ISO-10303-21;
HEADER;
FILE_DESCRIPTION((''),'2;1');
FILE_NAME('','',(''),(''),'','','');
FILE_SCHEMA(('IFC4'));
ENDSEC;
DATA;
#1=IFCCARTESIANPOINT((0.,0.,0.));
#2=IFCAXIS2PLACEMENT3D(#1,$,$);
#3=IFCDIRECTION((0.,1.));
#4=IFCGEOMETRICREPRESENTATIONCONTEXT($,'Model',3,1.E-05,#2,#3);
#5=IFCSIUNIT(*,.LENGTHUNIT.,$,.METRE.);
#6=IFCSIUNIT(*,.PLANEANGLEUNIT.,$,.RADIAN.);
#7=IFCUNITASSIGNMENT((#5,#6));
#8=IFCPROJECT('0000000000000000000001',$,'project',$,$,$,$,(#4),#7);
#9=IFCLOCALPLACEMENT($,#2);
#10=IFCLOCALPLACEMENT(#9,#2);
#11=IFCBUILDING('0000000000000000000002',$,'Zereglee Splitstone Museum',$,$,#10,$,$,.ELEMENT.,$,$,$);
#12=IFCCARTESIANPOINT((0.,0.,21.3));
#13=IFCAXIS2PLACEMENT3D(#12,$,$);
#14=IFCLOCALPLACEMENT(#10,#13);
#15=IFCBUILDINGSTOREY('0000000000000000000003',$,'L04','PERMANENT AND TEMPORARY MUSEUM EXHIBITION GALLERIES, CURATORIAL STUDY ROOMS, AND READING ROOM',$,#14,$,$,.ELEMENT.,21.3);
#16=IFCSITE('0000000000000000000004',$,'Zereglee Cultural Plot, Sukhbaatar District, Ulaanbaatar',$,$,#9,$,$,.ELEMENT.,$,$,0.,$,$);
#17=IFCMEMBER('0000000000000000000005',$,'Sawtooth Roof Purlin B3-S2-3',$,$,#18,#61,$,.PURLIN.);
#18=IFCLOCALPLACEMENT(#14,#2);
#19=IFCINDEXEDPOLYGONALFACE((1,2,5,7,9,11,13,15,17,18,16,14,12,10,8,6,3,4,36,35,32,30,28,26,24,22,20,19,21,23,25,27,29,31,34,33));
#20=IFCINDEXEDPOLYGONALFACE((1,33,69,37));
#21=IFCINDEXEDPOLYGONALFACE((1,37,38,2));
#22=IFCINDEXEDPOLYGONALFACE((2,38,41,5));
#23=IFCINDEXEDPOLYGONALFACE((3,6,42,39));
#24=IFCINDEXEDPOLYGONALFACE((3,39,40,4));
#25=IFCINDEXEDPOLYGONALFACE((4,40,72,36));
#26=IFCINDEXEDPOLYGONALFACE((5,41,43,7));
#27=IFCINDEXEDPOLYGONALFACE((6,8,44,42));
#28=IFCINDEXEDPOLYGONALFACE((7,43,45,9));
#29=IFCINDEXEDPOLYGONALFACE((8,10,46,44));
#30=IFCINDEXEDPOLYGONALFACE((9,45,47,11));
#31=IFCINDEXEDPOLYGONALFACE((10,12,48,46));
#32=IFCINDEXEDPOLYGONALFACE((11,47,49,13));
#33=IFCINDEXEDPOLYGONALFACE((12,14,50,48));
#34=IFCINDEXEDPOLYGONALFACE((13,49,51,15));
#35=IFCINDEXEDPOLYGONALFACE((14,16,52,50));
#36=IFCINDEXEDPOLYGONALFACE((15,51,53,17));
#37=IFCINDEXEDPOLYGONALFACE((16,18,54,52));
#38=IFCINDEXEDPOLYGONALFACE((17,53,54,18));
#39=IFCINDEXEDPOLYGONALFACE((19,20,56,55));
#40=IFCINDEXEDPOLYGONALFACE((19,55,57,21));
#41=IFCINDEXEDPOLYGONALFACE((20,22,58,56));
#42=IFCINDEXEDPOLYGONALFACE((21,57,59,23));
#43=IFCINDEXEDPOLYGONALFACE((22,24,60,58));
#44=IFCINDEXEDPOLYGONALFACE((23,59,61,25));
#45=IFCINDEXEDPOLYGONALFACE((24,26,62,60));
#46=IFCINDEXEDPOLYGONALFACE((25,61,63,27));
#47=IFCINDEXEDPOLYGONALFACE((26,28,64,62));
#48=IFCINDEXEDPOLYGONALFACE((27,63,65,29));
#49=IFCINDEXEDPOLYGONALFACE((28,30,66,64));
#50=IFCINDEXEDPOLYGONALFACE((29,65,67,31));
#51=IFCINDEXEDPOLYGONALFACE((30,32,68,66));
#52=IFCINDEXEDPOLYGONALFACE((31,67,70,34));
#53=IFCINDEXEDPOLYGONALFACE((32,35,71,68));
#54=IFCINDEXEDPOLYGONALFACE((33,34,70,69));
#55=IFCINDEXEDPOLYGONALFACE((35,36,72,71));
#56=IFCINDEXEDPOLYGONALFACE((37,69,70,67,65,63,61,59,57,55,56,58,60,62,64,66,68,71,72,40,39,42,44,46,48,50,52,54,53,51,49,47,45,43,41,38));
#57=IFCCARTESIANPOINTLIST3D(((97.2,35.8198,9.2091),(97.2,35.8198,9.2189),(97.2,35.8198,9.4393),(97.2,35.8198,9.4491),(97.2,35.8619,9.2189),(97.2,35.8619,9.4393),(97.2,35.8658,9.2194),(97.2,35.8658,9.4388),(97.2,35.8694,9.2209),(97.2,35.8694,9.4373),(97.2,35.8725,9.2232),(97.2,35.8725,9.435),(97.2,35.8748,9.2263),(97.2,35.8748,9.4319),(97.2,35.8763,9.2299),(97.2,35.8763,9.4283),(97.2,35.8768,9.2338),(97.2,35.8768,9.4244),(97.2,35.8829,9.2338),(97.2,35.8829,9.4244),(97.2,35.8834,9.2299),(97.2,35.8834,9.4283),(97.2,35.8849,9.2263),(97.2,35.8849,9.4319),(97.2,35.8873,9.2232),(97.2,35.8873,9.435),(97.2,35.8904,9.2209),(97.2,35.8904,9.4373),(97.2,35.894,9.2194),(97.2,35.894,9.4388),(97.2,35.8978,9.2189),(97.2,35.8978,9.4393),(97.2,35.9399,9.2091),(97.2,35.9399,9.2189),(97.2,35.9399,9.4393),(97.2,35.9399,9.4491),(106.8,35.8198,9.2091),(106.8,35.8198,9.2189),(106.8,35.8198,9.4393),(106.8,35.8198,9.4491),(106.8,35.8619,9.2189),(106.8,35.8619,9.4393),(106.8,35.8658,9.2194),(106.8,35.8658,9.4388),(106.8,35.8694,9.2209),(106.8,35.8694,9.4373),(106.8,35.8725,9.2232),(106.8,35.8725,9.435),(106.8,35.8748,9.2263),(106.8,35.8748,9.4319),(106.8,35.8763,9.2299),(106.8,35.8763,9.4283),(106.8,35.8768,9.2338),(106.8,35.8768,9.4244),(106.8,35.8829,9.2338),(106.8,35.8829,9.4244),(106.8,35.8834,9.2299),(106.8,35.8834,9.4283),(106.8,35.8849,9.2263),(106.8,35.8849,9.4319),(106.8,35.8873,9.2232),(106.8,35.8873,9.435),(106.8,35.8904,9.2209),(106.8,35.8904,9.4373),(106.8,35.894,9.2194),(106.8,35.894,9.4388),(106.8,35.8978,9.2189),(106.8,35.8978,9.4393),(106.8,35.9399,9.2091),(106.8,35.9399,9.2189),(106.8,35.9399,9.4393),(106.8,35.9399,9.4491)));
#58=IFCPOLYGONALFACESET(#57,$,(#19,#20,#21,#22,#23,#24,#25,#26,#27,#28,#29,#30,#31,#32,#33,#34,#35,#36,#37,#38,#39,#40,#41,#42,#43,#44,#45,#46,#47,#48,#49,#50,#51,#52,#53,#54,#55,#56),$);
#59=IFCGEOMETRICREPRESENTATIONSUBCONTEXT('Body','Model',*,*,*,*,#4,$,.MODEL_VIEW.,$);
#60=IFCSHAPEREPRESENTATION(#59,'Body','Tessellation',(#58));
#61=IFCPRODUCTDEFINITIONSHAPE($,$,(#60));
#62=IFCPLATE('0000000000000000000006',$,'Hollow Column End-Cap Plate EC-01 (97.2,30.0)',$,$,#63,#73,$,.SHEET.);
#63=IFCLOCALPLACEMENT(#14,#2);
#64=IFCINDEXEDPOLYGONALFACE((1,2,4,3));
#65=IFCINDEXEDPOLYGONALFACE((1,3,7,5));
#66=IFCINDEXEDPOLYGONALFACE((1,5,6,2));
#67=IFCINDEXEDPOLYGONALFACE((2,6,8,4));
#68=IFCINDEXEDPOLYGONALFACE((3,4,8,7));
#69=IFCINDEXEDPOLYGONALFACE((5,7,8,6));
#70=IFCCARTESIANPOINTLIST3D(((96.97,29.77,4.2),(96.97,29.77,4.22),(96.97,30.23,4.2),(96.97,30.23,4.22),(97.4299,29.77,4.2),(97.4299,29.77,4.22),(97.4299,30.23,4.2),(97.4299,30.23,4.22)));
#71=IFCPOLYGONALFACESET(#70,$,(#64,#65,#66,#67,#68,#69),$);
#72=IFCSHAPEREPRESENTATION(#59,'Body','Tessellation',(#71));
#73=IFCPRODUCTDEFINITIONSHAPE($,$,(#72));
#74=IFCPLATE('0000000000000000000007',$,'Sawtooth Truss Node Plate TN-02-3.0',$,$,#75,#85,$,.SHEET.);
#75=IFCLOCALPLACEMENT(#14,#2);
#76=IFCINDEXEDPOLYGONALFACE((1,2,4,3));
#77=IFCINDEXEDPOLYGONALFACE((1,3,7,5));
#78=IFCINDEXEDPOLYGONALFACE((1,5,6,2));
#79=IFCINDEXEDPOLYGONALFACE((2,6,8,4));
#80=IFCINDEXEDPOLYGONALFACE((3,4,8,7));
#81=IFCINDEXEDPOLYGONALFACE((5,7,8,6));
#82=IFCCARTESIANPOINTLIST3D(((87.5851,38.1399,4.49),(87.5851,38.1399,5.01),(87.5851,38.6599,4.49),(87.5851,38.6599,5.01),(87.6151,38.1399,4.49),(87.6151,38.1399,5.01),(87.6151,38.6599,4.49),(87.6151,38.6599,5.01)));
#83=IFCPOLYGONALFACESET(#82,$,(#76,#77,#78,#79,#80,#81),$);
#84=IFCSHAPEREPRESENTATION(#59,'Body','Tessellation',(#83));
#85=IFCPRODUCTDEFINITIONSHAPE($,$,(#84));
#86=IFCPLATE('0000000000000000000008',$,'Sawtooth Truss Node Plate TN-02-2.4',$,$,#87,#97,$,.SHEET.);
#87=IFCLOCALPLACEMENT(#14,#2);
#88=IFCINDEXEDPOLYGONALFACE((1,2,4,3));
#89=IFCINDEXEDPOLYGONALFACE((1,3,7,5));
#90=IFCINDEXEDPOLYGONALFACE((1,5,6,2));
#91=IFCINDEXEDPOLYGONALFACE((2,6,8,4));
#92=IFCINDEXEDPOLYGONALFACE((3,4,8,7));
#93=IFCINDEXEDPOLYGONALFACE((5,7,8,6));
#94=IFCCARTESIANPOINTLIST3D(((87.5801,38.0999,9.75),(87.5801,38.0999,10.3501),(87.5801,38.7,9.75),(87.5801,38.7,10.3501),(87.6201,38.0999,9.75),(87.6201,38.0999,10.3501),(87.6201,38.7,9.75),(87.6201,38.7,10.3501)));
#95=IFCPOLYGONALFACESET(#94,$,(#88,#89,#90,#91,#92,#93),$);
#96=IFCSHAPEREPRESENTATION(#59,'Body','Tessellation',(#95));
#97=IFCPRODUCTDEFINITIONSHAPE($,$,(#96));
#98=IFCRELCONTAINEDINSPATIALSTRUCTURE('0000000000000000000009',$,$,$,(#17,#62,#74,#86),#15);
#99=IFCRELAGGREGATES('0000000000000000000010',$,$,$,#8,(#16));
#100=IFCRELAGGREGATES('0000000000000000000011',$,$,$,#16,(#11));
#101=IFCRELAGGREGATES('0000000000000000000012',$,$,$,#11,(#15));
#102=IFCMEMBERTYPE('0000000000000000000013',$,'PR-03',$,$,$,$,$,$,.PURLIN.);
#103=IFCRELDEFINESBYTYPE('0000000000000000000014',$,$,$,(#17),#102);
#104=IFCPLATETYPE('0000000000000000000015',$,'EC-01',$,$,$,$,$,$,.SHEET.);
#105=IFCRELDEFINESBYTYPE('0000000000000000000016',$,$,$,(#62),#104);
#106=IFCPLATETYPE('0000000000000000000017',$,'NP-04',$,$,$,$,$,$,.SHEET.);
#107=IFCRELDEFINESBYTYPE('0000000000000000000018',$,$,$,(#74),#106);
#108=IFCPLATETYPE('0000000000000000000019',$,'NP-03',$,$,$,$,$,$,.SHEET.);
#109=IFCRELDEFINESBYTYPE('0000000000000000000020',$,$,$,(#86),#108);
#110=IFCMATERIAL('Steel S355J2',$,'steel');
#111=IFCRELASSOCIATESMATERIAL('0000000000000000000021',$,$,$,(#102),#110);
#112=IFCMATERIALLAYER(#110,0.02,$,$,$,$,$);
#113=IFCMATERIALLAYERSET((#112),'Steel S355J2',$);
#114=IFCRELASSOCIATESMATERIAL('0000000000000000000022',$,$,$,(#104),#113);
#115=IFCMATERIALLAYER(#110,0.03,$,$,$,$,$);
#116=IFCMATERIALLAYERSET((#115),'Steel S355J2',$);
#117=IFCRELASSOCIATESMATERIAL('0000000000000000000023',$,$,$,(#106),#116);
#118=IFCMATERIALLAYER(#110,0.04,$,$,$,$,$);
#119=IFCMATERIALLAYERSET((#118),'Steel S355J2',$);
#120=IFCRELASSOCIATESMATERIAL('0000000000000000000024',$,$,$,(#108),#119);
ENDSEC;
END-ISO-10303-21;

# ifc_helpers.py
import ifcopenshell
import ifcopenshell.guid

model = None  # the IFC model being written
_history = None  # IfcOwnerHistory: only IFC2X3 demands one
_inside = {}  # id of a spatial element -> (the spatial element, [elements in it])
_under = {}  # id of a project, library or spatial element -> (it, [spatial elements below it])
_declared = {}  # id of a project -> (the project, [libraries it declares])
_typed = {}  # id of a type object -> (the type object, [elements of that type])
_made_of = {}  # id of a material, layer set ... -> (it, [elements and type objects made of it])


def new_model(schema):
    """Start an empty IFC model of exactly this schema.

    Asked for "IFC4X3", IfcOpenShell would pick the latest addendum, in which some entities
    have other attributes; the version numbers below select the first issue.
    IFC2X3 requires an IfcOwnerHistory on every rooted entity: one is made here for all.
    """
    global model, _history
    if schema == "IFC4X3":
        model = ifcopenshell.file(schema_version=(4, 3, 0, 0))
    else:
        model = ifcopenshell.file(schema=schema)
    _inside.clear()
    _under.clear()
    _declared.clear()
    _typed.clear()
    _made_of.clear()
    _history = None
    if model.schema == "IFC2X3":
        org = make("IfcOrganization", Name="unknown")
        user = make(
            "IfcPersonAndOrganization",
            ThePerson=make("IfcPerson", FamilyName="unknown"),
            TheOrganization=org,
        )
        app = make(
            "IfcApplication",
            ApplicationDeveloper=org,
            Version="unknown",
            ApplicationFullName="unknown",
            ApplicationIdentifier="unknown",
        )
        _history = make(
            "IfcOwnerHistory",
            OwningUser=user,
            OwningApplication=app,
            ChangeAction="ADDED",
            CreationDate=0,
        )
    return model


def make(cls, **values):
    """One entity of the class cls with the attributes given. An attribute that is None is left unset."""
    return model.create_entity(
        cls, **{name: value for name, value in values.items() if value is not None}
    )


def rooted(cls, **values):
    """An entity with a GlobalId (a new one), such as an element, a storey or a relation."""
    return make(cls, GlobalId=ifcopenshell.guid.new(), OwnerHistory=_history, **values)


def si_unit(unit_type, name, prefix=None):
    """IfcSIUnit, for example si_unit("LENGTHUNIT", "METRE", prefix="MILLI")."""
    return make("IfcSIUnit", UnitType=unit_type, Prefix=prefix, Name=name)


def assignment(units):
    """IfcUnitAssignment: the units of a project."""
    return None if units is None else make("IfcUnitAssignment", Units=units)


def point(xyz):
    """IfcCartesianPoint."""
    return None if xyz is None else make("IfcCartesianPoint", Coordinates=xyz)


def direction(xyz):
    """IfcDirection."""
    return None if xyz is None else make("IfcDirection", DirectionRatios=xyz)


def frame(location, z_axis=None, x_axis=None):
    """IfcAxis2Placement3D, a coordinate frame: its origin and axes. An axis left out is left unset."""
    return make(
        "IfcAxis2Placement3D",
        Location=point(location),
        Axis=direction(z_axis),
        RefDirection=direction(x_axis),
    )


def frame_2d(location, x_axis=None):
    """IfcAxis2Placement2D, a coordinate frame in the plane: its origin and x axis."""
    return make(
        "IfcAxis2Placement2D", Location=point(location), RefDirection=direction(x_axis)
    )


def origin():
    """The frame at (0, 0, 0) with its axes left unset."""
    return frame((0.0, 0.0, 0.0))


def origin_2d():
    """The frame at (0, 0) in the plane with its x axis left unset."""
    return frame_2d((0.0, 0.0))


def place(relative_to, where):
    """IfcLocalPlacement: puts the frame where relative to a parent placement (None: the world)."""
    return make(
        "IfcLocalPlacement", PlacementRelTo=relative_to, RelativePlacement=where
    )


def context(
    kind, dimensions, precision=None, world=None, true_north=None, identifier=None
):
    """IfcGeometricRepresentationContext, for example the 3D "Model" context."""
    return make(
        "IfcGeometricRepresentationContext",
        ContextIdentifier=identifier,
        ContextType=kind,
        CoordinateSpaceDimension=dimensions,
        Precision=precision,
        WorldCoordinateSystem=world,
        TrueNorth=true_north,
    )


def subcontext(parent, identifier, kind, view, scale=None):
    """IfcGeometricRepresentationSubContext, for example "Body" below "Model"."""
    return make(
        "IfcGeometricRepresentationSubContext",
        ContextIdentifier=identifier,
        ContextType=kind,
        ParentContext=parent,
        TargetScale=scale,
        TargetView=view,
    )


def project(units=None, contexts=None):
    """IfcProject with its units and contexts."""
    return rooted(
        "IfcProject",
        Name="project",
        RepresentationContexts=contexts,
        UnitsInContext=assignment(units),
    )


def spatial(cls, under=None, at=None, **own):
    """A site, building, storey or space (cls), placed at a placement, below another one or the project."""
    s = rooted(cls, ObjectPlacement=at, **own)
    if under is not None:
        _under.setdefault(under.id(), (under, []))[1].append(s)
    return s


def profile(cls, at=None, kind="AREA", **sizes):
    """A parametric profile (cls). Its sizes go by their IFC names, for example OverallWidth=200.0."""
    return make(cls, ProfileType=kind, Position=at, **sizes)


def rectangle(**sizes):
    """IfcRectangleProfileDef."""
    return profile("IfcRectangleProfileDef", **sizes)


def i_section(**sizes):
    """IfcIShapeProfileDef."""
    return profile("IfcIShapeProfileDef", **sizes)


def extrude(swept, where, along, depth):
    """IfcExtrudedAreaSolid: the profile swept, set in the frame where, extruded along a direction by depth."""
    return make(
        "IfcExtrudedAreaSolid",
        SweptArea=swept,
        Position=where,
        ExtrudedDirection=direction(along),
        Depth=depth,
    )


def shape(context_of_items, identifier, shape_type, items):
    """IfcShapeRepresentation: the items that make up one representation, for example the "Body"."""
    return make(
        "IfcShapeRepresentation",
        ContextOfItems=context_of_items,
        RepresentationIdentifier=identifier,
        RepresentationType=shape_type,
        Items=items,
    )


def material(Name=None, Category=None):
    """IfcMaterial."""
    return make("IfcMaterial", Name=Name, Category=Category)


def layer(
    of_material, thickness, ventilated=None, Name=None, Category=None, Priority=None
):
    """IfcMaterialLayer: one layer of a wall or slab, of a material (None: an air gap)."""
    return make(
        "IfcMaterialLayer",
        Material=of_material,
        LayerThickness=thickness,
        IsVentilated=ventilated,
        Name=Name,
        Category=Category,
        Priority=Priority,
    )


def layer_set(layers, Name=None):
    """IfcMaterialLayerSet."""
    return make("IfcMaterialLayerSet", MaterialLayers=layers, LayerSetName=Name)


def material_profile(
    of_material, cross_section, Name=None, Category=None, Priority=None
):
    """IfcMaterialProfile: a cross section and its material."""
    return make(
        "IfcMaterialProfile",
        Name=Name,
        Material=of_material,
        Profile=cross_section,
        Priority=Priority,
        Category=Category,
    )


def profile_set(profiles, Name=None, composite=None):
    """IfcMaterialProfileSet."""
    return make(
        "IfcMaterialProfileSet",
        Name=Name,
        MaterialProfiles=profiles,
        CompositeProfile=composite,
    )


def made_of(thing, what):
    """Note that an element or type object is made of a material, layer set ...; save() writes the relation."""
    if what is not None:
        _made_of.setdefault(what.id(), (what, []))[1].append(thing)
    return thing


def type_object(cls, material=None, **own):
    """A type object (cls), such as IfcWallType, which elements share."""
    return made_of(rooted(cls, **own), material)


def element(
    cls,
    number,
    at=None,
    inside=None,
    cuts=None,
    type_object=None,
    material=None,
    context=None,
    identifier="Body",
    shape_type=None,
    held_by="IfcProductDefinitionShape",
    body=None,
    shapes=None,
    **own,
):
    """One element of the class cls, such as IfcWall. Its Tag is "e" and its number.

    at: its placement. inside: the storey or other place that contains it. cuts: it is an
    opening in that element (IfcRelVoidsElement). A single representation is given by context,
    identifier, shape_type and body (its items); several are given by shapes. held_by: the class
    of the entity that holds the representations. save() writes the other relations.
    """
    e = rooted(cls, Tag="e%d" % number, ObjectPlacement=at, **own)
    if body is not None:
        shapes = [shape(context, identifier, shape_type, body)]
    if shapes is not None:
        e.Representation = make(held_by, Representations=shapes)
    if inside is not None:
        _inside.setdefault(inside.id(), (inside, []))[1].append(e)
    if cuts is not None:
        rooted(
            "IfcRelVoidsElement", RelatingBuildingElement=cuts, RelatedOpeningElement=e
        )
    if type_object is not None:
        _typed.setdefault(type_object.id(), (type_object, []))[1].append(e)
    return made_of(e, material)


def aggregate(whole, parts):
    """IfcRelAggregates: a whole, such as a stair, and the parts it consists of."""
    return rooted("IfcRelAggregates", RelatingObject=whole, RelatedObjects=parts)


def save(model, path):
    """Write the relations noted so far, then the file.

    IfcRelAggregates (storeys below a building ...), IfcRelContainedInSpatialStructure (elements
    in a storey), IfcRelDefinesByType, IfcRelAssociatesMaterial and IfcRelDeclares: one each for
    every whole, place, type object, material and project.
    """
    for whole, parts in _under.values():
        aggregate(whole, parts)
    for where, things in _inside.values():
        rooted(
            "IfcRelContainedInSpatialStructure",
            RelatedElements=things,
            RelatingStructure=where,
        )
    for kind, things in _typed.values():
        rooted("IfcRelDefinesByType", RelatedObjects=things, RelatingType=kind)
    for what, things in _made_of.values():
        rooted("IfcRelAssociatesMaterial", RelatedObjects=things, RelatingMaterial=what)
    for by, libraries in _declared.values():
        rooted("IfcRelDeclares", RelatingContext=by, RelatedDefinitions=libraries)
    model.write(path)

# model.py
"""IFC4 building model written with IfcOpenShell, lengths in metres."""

from ifc_helpers import new_model, si_unit, direction, frame, origin, origin_2d, place, context, subcontext, project, spatial, rectangle, i_section, extrude, material, layer, layer_set, material_profile, profile_set, type_object, element, save


model = new_model("IFC4")

# Units and contexts
model_context = context("Model", 3, precision=1e-05, world=origin(), true_north=direction((0.0, 1.0)))
body_context = subcontext(model_context, "Body", "Model", "MODEL_VIEW")
ifc_project = project(units=[si_unit("LENGTHUNIT", "METRE"), si_unit("PLANEANGLEUNIT", "RADIAN")], contexts=[model_context])

# Site, building, storey
site_placement = place(None, origin())
site = spatial("IfcSite", under=ifc_project, at=site_placement, Name="Zereglee Cultural Plot, Sukhbaatar District, Ulaanbaatar", CompositionType="ELEMENT", RefElevation=0.0)
building_placement = place(site_placement, origin())
building = spatial("IfcBuilding", under=site, at=building_placement, Name="Zereglee Splitstone Museum", CompositionType="ELEMENT")
storey_placement = place(building_placement, frame((0.0, 0.0, 21.3)))
storey = spatial("IfcBuildingStorey", under=building, at=storey_placement, Name="L04", Description="PERMANENT AND TEMPORARY MUSEUM EXHIBITION GALLERIES, CURATORIAL STUDY ROOMS, AND READING ROOM", CompositionType="ELEMENT", Elevation=21.3)

# Shared definitions
ifc_material_1 = material(Name="Steel S355J2", Category="steel")

# Member
ifc_material_profile_1 = material_profile(ifc_material_1, i_section(OverallWidth=0.1201, OverallDepth=0.24, WebThickness=0.0061, FlangeThickness=0.0098, FilletRadius=0.0149, at=origin_2d()), Name="IPE 240")
ifc_profile_set_1 = profile_set([ifc_material_profile_1], Name="Steel S355J2")
member_type_1 = type_object("IfcMemberType", Name="PR-03", PredefinedType="PURLIN", material=ifc_profile_set_1)
for number, where, z_axis, x_axis, name in (
    (1, (97.2, 35.8799, 9.3291), (1.0, 0.0, 0.0), (0.0, 1.0, 0.0), "Sawtooth Roof Purlin B3-S2-3"),
):
    element("IfcMember", number, at=place(storey_placement, frame(where, z_axis=z_axis, x_axis=x_axis)), inside=storey, type_object=member_type_1, Name=name, PredefinedType="PURLIN", context=body_context, shape_type="SweptSolid", body=[
        extrude(i_section(OverallWidth=0.1201, OverallDepth=0.24, WebThickness=0.0061, FlangeThickness=0.0098, FilletRadius=0.0149, at=origin_2d()), origin(), (0.0, 0.0, 1.0), 9.6001),
    ])

# Plates
ifc_layer_1 = layer(ifc_material_1, 0.02)
ifc_layer_set_1 = layer_set([ifc_layer_1], Name="Steel S355J2")
plate_type_1 = type_object("IfcPlateType", Name="EC-01", PredefinedType="SHEET", material=ifc_layer_set_1)
plate_1_placement = place(storey_placement, frame((97.2, 30.0, 4.2), z_axis=(0.0, 0.0, 1.0), x_axis=(1.0, 0.0, 0.0)))
element("IfcPlate", 2, at=plate_1_placement, inside=storey, type_object=plate_type_1, Name="Hollow Column End-Cap Plate EC-01 (97.2,30.0)", PredefinedType="SHEET", context=body_context, shape_type="SweptSolid", body=[
    extrude(rectangle(XDim=0.46, YDim=0.46, at=origin_2d()), origin(), (0.0, 0.0, 1.0), 0.02),
])
ifc_layer_2 = layer(ifc_material_1, 0.03)
ifc_layer_set_2 = layer_set([ifc_layer_2], Name="Steel S355J2")
plate_type_2 = type_object("IfcPlateType", Name="NP-04", PredefinedType="SHEET", material=ifc_layer_set_2)
plate_2_placement = place(storey_placement, frame((87.6001, 38.3999, 4.49), z_axis=(0.0, 0.0, 1.0), x_axis=(1.0, 0.0, 0.0)))
element("IfcPlate", 3, at=plate_2_placement, inside=storey, type_object=plate_type_2, Name="Sawtooth Truss Node Plate TN-02-3.0", PredefinedType="SHEET", context=body_context, shape_type="SweptSolid", body=[
    extrude(rectangle(XDim=0.03, YDim=0.52, at=origin_2d()), origin(), (0.0, 0.0, 1.0), 0.52),
])
ifc_layer_3 = layer(ifc_material_1, 0.04)
ifc_layer_set_3 = layer_set([ifc_layer_3], Name="Steel S355J2")
plate_type_3 = type_object("IfcPlateType", Name="NP-03", PredefinedType="SHEET", material=ifc_layer_set_3)
plate_3_placement = place(storey_placement, frame((87.6001, 38.3999, 9.75), z_axis=(0.0, 0.0, 1.0), x_axis=(1.0, 0.0, 0.0)))
element("IfcPlate", 4, at=plate_3_placement, inside=storey, type_object=plate_type_3, Name="Sawtooth Truss Node Plate TN-02-2.4", PredefinedType="SHEET", context=body_context, shape_type="SweptSolid", body=[
    extrude(rectangle(XDim=0.04, YDim=0.6001, at=origin_2d()), origin(), (0.0, 0.0, 1.0), 0.6001),
])

save(model, "model.ifc")
